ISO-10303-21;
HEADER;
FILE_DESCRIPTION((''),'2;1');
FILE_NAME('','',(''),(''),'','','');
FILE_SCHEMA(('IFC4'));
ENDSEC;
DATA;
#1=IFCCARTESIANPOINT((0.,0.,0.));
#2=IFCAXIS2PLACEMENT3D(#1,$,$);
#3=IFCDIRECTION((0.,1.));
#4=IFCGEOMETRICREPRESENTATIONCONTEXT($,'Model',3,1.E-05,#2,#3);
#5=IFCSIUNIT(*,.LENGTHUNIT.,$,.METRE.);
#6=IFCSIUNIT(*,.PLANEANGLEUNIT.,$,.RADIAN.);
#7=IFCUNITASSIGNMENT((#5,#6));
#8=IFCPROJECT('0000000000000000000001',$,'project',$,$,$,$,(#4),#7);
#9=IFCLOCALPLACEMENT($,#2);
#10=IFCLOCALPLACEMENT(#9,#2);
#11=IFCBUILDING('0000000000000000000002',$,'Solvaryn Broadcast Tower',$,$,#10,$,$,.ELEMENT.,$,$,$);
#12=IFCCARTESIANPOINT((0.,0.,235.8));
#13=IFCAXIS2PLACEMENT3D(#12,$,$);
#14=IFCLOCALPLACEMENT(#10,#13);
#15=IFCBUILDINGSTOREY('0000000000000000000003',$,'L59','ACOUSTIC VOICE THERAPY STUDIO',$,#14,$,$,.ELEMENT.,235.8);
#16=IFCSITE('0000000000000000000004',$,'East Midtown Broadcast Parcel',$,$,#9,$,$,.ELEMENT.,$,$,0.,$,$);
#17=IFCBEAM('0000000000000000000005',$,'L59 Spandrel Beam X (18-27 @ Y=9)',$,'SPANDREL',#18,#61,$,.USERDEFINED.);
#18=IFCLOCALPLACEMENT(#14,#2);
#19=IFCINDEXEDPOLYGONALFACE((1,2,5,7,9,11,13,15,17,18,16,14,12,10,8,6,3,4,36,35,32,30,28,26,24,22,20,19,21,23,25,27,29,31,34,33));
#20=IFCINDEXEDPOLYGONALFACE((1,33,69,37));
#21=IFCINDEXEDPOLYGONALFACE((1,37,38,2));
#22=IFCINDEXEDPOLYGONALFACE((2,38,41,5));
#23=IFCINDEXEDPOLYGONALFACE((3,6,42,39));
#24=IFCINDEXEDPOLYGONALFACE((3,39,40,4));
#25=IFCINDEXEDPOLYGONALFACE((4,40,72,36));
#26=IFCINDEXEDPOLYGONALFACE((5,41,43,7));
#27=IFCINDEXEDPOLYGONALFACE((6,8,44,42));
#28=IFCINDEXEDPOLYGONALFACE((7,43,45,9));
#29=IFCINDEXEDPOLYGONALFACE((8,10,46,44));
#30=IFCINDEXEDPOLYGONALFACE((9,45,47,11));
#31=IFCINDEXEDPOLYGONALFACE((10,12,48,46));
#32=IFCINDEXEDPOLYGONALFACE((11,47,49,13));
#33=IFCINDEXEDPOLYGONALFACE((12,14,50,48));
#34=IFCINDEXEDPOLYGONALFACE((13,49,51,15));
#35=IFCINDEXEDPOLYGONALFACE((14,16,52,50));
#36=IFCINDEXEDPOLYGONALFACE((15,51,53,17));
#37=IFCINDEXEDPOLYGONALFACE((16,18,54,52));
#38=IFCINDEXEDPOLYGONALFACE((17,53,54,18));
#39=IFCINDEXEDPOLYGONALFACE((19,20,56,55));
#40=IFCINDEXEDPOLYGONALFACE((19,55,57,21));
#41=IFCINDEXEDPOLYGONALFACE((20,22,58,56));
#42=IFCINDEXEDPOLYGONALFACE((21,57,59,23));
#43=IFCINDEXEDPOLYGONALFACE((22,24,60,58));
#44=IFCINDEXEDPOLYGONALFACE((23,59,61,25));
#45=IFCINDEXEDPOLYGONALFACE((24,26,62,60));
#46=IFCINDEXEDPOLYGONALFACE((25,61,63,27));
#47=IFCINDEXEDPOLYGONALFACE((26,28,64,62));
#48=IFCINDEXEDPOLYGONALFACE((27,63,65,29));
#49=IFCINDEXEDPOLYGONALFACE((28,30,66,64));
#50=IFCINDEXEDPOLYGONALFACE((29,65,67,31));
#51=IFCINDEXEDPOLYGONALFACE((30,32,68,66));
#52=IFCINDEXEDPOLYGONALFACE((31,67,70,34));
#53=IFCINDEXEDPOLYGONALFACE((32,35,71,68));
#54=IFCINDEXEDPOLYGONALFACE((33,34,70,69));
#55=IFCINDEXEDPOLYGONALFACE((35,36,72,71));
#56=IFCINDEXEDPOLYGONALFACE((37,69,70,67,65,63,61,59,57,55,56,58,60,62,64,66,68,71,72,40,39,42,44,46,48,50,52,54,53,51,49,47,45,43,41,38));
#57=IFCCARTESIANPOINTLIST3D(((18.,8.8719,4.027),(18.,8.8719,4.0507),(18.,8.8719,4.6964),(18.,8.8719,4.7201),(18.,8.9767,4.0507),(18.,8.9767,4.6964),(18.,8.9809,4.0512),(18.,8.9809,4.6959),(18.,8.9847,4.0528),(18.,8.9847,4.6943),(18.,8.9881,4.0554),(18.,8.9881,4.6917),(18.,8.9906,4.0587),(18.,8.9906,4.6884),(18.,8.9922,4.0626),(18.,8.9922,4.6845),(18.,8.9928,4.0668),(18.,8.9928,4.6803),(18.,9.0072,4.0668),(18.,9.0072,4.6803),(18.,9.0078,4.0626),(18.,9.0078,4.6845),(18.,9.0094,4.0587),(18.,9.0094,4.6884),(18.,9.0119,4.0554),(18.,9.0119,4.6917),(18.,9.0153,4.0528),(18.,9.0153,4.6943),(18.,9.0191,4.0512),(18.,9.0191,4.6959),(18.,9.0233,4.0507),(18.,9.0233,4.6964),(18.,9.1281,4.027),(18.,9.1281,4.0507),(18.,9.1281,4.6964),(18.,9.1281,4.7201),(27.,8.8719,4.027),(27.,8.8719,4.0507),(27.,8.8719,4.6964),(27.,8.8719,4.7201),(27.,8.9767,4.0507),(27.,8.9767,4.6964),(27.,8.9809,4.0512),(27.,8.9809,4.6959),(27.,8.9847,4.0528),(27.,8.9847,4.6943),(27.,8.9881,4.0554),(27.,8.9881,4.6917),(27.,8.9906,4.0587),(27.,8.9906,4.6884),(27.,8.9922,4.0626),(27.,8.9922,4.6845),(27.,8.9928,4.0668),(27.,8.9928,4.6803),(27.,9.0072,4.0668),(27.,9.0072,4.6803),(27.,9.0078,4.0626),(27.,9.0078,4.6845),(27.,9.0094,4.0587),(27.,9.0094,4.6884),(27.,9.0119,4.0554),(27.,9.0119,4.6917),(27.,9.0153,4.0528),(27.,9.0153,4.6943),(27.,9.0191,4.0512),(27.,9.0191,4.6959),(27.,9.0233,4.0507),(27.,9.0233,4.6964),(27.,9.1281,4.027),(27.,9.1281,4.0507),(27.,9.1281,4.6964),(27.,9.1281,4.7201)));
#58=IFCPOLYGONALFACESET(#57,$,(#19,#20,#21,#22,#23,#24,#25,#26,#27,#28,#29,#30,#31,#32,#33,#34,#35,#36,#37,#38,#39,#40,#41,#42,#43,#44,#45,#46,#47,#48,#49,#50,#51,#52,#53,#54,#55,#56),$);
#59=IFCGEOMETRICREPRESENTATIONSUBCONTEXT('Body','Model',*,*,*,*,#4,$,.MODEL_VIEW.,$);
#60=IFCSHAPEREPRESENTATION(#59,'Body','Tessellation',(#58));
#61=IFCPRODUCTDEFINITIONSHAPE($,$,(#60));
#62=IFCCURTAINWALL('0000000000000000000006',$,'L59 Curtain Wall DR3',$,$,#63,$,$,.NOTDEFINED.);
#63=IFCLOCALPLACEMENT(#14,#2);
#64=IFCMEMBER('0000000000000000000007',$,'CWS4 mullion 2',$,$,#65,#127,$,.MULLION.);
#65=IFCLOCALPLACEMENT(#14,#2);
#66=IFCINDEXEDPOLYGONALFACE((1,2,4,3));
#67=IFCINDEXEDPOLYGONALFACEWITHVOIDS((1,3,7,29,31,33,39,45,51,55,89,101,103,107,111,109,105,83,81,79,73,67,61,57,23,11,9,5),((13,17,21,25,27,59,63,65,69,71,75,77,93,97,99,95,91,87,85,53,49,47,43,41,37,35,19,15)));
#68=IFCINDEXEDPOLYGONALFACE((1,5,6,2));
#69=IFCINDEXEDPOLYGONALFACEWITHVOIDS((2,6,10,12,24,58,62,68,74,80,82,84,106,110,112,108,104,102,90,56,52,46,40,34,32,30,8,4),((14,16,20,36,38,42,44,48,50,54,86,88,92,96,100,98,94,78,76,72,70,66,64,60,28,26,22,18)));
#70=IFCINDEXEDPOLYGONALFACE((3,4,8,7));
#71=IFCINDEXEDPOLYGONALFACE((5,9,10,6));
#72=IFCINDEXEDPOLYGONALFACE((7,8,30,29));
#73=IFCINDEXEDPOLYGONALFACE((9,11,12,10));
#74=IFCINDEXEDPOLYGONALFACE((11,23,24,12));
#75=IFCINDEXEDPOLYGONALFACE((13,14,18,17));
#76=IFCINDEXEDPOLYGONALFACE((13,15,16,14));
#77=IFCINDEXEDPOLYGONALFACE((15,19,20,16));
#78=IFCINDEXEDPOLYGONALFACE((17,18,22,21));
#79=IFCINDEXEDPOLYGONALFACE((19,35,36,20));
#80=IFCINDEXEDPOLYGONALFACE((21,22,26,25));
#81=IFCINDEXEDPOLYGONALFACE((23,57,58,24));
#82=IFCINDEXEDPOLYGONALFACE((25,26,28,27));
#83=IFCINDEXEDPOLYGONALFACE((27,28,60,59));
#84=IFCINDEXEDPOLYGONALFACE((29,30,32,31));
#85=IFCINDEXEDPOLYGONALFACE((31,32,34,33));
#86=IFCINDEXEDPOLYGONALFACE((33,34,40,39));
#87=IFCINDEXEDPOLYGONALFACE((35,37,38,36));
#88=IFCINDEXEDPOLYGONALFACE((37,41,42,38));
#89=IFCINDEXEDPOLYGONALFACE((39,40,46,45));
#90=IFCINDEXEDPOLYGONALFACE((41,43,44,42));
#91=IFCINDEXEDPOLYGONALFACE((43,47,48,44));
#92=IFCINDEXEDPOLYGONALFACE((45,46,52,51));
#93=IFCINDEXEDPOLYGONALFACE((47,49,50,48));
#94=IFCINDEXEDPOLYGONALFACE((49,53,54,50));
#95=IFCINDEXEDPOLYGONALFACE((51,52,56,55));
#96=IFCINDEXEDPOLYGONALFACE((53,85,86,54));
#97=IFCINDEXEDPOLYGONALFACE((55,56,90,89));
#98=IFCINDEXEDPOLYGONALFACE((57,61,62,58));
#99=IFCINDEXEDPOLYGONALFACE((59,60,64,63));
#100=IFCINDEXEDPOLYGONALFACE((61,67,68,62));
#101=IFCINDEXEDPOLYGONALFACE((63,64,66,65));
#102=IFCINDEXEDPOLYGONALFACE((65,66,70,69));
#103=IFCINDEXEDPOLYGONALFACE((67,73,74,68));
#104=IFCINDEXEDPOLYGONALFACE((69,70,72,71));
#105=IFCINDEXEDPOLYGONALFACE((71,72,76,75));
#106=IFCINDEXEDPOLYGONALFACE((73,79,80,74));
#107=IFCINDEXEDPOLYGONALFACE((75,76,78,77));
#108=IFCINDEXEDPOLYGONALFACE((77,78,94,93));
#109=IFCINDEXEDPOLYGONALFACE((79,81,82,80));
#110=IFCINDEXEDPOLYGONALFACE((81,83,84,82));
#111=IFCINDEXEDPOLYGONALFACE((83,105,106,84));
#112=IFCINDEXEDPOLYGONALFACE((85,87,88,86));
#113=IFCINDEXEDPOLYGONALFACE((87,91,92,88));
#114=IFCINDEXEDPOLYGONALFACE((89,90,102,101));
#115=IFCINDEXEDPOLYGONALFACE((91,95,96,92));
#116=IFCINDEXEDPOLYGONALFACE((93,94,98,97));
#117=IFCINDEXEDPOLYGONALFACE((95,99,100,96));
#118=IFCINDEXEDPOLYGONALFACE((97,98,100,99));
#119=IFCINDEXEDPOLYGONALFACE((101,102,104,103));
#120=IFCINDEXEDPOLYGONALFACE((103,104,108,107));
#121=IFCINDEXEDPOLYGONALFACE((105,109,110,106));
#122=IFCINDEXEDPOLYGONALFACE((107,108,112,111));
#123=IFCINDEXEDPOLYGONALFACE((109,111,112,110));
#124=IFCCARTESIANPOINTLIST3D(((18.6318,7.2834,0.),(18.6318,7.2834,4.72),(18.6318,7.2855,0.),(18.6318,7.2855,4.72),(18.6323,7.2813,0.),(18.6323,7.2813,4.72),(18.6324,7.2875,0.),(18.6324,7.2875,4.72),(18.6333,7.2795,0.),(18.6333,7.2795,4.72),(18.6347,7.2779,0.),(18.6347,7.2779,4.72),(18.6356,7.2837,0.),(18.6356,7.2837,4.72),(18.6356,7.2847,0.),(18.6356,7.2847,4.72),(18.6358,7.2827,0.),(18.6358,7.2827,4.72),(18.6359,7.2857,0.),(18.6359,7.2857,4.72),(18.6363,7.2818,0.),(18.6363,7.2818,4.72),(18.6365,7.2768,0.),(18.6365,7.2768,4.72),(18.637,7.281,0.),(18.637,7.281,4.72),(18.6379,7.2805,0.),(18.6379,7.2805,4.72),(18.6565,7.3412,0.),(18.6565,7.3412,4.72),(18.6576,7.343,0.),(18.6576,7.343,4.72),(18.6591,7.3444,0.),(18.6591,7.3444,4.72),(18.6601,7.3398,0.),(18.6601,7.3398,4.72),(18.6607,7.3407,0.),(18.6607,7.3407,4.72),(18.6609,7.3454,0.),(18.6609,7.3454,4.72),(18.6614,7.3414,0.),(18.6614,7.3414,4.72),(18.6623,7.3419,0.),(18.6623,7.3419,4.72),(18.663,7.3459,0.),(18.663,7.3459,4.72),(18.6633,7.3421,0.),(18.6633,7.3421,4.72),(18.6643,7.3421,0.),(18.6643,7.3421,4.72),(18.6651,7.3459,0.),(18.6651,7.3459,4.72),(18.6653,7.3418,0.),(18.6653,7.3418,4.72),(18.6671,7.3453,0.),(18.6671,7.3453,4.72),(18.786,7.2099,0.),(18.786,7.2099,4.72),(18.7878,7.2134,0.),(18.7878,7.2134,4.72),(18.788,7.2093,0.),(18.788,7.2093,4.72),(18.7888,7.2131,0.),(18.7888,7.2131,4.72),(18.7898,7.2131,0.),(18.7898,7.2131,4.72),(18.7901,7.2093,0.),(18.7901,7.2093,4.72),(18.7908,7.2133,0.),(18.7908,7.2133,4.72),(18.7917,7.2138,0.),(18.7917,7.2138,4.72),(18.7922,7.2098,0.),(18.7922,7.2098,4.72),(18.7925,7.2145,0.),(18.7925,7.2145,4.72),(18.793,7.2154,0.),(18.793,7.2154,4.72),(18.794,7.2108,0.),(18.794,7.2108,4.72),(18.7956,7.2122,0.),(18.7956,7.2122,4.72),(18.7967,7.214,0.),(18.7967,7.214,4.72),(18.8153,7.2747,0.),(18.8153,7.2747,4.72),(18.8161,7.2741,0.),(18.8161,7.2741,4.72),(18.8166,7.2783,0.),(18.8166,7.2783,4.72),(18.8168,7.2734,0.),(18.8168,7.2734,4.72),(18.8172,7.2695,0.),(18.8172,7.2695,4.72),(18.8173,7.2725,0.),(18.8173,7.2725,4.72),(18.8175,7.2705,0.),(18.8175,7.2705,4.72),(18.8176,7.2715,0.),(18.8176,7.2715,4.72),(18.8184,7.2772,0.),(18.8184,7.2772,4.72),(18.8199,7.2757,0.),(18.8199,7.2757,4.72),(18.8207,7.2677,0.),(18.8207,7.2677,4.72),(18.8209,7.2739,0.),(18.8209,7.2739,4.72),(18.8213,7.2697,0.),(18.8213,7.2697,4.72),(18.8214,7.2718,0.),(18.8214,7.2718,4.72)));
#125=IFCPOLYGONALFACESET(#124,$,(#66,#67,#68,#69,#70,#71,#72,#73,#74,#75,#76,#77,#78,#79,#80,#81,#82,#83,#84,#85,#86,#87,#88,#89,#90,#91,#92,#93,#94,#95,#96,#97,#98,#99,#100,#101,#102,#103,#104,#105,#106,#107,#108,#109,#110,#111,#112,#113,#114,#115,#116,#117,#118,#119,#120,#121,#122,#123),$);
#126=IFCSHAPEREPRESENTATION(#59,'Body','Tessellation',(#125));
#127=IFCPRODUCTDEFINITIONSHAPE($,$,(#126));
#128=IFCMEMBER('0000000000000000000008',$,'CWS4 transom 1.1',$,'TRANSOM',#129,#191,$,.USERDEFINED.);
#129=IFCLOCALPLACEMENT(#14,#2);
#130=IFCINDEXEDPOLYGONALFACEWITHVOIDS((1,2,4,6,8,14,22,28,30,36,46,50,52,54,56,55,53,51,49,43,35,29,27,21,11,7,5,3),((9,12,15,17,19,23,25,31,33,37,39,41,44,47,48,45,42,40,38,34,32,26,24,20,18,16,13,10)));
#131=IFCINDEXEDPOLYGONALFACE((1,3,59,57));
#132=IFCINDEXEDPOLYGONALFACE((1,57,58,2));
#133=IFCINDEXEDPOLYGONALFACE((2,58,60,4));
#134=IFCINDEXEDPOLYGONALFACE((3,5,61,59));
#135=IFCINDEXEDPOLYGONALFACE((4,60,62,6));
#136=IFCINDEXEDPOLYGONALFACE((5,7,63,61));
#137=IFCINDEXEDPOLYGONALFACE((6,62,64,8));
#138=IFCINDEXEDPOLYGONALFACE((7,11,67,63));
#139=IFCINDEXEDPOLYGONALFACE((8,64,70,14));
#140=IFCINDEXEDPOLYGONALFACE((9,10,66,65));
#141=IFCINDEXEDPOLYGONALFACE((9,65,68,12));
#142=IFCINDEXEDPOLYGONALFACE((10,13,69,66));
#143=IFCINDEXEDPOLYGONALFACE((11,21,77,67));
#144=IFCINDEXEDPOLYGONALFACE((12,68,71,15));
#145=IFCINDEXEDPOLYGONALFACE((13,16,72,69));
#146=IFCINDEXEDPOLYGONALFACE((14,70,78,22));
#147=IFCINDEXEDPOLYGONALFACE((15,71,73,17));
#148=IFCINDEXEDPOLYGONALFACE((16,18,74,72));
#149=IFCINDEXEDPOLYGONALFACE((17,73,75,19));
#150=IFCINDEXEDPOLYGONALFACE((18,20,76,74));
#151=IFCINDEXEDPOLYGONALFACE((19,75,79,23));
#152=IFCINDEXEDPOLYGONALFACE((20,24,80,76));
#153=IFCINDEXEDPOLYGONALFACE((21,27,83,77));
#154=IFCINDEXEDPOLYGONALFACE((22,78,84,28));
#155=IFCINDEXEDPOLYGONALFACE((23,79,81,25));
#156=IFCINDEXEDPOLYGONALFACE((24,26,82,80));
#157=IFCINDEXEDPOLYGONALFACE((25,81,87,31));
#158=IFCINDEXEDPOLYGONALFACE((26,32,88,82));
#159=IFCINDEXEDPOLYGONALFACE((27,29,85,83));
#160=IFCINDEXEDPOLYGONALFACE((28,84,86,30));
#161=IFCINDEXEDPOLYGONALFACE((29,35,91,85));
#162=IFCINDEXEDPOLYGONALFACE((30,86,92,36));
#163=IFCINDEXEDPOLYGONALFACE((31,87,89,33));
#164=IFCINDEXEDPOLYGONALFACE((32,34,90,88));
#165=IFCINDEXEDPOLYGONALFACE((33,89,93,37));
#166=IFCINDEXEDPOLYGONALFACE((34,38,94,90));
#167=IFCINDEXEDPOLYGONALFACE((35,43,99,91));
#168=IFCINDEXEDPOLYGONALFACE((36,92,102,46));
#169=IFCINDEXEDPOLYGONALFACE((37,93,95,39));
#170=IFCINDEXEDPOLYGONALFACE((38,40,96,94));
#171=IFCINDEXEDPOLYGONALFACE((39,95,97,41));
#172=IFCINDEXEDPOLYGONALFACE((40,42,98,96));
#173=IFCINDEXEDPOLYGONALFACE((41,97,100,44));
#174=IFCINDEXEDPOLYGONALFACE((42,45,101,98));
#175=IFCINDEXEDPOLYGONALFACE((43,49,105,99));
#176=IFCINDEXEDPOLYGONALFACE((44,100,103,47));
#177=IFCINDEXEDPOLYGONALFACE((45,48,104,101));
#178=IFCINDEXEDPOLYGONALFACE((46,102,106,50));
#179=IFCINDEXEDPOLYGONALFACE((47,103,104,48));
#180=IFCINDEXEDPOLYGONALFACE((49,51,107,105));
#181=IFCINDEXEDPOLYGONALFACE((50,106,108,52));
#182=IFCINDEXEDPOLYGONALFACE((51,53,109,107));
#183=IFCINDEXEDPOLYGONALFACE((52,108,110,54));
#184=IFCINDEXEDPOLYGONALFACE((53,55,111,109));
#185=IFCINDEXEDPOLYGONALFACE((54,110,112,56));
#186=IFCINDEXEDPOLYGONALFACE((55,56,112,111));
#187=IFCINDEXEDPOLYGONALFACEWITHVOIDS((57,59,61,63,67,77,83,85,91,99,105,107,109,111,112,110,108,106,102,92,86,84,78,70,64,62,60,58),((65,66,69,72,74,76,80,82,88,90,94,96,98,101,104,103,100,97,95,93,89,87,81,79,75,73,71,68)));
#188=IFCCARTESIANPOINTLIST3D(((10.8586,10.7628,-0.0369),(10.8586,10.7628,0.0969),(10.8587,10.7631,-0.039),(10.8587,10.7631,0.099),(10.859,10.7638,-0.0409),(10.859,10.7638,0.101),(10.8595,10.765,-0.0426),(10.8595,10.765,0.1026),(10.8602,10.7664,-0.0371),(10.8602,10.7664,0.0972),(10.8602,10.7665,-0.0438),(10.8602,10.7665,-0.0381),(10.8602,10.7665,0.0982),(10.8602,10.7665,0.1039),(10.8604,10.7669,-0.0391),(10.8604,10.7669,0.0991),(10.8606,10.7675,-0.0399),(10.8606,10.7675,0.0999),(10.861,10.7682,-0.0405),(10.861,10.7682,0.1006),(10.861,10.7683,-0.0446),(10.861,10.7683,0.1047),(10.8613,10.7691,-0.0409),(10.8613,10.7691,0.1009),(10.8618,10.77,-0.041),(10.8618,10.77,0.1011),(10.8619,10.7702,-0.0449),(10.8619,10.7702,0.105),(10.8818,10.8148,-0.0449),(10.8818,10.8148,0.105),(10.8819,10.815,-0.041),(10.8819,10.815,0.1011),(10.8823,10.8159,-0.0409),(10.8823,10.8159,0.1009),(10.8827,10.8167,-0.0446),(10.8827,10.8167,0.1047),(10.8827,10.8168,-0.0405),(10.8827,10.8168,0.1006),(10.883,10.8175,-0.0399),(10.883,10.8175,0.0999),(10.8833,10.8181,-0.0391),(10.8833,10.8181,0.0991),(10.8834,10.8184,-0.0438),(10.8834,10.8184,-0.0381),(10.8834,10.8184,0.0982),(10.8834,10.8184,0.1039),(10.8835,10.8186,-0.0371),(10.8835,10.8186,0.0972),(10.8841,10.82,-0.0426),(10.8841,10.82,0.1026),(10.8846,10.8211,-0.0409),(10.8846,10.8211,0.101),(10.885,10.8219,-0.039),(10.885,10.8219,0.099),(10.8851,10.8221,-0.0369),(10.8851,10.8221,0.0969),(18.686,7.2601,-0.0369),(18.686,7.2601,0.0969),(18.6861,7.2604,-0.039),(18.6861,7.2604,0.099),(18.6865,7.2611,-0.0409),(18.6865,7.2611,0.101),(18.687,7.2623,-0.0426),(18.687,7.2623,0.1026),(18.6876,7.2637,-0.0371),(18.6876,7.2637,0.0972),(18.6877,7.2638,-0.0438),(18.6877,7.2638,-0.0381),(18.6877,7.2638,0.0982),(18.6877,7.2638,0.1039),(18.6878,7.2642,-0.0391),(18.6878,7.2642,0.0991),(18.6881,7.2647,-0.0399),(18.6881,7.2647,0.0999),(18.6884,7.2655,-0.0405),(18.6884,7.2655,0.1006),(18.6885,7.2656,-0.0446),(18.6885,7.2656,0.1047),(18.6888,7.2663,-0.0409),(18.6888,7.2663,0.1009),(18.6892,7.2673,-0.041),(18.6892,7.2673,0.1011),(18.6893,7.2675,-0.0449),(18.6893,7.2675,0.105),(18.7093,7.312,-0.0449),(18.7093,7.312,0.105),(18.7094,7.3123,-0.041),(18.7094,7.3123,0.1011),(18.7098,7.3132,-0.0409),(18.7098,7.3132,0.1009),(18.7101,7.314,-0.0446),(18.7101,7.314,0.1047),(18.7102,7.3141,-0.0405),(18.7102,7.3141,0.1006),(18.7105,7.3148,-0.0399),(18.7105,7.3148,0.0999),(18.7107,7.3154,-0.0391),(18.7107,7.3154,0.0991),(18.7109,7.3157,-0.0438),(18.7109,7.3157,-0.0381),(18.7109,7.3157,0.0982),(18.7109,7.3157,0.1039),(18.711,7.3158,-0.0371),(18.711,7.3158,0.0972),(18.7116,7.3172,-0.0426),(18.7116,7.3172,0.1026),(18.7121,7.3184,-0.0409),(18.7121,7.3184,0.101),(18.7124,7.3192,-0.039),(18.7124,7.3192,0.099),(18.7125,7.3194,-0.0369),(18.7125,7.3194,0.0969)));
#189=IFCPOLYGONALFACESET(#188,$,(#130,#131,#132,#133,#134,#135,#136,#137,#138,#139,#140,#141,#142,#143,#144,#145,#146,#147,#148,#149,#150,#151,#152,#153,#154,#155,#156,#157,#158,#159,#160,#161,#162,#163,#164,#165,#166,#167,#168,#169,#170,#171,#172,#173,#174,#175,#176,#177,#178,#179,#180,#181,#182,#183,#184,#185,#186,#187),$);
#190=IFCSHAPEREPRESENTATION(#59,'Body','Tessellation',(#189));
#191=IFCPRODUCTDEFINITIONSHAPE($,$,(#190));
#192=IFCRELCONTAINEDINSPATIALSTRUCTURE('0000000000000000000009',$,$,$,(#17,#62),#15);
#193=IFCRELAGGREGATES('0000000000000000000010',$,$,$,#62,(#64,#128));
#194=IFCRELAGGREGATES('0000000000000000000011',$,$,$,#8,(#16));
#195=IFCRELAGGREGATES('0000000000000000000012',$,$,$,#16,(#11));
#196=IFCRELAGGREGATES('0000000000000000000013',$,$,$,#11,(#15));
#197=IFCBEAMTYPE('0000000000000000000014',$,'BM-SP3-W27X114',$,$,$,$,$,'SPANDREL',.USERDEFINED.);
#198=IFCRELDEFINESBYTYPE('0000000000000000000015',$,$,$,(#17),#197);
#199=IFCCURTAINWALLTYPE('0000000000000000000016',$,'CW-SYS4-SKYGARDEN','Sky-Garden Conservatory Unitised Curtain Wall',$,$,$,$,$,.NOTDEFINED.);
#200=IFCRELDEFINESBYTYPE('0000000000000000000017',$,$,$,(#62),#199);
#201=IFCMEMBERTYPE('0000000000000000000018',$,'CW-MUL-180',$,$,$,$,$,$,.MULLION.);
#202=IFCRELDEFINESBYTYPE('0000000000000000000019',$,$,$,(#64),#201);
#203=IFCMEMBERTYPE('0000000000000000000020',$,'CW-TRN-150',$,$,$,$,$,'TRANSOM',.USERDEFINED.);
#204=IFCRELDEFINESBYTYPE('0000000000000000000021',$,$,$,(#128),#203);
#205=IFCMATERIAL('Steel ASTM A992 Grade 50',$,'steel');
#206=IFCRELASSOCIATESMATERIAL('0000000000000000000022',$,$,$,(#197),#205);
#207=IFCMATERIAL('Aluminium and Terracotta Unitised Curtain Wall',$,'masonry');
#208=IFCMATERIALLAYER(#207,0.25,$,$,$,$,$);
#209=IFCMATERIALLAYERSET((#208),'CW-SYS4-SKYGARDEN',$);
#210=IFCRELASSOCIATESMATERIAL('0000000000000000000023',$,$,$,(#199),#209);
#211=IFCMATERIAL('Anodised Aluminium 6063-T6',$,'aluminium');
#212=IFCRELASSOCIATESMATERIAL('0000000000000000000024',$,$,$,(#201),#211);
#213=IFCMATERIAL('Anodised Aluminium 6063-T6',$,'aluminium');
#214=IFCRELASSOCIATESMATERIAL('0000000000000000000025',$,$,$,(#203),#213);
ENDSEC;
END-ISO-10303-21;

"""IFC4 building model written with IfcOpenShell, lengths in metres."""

from ifc_helpers import new_model, si_unit, direction, frame, origin, origin_2d, place, context, subcontext, project, spatial, hollow_rectangle, i_section, extrude, material, layer, layer_set, material_profile, profile_set, type_object, element, aggregate, save


model = new_model("IFC4")

# Units and contexts
model_context = context("Model", 3, precision=1e-05, world=origin(), true_north=direction((0.0, 1.0)))
body_context = subcontext(model_context, "Body", "Model", "MODEL_VIEW")
ifc_project = project(units=[si_unit("LENGTHUNIT", "METRE"), si_unit("PLANEANGLEUNIT", "RADIAN")], contexts=[model_context])

# Site, building, storey
site_placement = place(None, origin())
site = spatial("IfcSite", under=ifc_project, at=site_placement, Name="East Midtown Broadcast Parcel", CompositionType="ELEMENT", RefElevation=0.0)
building_placement = place(site_placement, origin())
building = spatial("IfcBuilding", under=site, at=building_placement, Name="Solvaryn Broadcast Tower", CompositionType="ELEMENT")
storey_placement = place(building_placement, frame((0.0, 0.0, 235.8)))
storey = spatial("IfcBuildingStorey", under=building, at=storey_placement, Name="L59", Description="ACOUSTIC VOICE THERAPY STUDIO", CompositionType="ELEMENT", Elevation=235.8)

# Beam
ifc_material_1 = material(Name="Steel ASTM A992 Grade 50", Category="steel")
ifc_material_profile_1 = material_profile(ifc_material_1, i_section(OverallWidth=0.2561, OverallDepth=0.6931, WebThickness=0.0144, FlangeThickness=0.0237, FilletRadius=0.0161, at=origin_2d()))
ifc_profile_set_1 = profile_set([ifc_material_profile_1], Name="Steel ASTM A992 Grade 50")
beam_type_1 = type_object("IfcBeamType", Name="BM-SP3-W27X114", ElementType="SPANDREL", PredefinedType="USERDEFINED", material=ifc_profile_set_1)
beam_1_placement = place(storey_placement, frame((18.0, 9.0, 4.3735), z_axis=(1.0, 0.0, 0.0), x_axis=(0.0, 1.0, 0.0)))
element("IfcBeam", 1, at=beam_1_placement, inside=storey, type_object=beam_type_1, Name="L59 Spandrel Beam X (18-27 @ Y=9)", ObjectType="SPANDREL", PredefinedType="USERDEFINED", context=body_context, shape_type="SweptSolid", body=[
    extrude(i_section(OverallWidth=0.2561, OverallDepth=0.6931, WebThickness=0.0144, FlangeThickness=0.0237, FilletRadius=0.0161, at=origin_2d()), origin(), (0.0, 0.0, 1.0), 9.0),
])

# Curtain wall, members
ifc_material_2 = material(Name="Aluminium and Terracotta Unitised Curtain Wall", Category="masonry")
ifc_layer_1 = layer(ifc_material_2, 0.25)
ifc_layer_set_1 = layer_set([ifc_layer_1], Name="CW-SYS4-SKYGARDEN")
curtain_wall_type = type_object("IfcCurtainWallType", Name="CW-SYS4-SKYGARDEN", Description="Sky-Garden Conservatory Unitised Curtain Wall", PredefinedType="NOTDEFINED", material=ifc_layer_set_1)
curtain_wall_placement = place(storey_placement, origin())
curtain_wall = element("IfcCurtainWall", 2, at=curtain_wall_placement, inside=storey, type_object=curtain_wall_type, Name="L59 Curtain Wall DR3", PredefinedType="NOTDEFINED")
ifc_material_3 = material(Name="Anodised Aluminium 6063-T6", Category="aluminium")
ifc_material_profile_2 = material_profile(ifc_material_3, hollow_rectangle(XDim=0.075, YDim=0.1799, WallThickness=0.0039, InnerFilletRadius=0.0039, OuterFilletRadius=0.0081, at=origin_2d()))
ifc_profile_set_2 = profile_set([ifc_material_profile_2], Name="Anodised Aluminium 6063-T6")
member_type_1 = type_object("IfcMemberType", Name="CW-MUL-180", PredefinedType="MULLION", material=ifc_profile_set_2)
member_1_placement = place(storey_placement, frame((18.7266, 7.2776, 0.0), z_axis=(0.0, 0.0, 1.0), x_axis=(0.408466, 0.912774, 0.0)))
member_1 = element("IfcMember", 3, at=member_1_placement, type_object=member_type_1, Name="CWS4 mullion 2", PredefinedType="MULLION", context=body_context, shape_type="SweptSolid", body=[
    extrude(hollow_rectangle(XDim=0.075, YDim=0.1799, WallThickness=0.0039, InnerFilletRadius=0.0039, OuterFilletRadius=0.0081, at=origin_2d()), origin(), (0.0, 0.0, 1.0), 4.72),
])
ifc_material_4 = material(Name="Anodised Aluminium 6063-T6", Category="aluminium")
ifc_material_profile_3 = material_profile(ifc_material_4, hollow_rectangle(XDim=0.0649, YDim=0.1499, WallThickness=0.0039, InnerFilletRadius=0.0039, OuterFilletRadius=0.0081, at=origin_2d()))
ifc_profile_set_3 = profile_set([ifc_material_profile_3], Name="Anodised Aluminium 6063-T6")
member_type_2 = type_object("IfcMemberType", Name="CW-TRN-150", ElementType="TRANSOM", PredefinedType="USERDEFINED", material=ifc_profile_set_3)
member_2_placement = place(storey_placement, frame((10.8718, 10.7925, 0.03), z_axis=(0.912777, -0.408459, 0.0), x_axis=(0.408459, 0.912777, 0.0)))
member_2 = element("IfcMember", 4, at=member_2_placement, type_object=member_type_2, Name="CWS4 transom 1.1", ObjectType="TRANSOM", PredefinedType="USERDEFINED", context=body_context, shape_type="SweptSolid", body=[
    extrude(hollow_rectangle(XDim=0.0649, YDim=0.1499, WallThickness=0.0039, InnerFilletRadius=0.0039, OuterFilletRadius=0.0081, at=origin_2d()), origin(), (0.0, 0.0, 1.0), 8.5754),
])
aggregate(curtain_wall, [member_1, member_2])

save(model, "model.ifc")
